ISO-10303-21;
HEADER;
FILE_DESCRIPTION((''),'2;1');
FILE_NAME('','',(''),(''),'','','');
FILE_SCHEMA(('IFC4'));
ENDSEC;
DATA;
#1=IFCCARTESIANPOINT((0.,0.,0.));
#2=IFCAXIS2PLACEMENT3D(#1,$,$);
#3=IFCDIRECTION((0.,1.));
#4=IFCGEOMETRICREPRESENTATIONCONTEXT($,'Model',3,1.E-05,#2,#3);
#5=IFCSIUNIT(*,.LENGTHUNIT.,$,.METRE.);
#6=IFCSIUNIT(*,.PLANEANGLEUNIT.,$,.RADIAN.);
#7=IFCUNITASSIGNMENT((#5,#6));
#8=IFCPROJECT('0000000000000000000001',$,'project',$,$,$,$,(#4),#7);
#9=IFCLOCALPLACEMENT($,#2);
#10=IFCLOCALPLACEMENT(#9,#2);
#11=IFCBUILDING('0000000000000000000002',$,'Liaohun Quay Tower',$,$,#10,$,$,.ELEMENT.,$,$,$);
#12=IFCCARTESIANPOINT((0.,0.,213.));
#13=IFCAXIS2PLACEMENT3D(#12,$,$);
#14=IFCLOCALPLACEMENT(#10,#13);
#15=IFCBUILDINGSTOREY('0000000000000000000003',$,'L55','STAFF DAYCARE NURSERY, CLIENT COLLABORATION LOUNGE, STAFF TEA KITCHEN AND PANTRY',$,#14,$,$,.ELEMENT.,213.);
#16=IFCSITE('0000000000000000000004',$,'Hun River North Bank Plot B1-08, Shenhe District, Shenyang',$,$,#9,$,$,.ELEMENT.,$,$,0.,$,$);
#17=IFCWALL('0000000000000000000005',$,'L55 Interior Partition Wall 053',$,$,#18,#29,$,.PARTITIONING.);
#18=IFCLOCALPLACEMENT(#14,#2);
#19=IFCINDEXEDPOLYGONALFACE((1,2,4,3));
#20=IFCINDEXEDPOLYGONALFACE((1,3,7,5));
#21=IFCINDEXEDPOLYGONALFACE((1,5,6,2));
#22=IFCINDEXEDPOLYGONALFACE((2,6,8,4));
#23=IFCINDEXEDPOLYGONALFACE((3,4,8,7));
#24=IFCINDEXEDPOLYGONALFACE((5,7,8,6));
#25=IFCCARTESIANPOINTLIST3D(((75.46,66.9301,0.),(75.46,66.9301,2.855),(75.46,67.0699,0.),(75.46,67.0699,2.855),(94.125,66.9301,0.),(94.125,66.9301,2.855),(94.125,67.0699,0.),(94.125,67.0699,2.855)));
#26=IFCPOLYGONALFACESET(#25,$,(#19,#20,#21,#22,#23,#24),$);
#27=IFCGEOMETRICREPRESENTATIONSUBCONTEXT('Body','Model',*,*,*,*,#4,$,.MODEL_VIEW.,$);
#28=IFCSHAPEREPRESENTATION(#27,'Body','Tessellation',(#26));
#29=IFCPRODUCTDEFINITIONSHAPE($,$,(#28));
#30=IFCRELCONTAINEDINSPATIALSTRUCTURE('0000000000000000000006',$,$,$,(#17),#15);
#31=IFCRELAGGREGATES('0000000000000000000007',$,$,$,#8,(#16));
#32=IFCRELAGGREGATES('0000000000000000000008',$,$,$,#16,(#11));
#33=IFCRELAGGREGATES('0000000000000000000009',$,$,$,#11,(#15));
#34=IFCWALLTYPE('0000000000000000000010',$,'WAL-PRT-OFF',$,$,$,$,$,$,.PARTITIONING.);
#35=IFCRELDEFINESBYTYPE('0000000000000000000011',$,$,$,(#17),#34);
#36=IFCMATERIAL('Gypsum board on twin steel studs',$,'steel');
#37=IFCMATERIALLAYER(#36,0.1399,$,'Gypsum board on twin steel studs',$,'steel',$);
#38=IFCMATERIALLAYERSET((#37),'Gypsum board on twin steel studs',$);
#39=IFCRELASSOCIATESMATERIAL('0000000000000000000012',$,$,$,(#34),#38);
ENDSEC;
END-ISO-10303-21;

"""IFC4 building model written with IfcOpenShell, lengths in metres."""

from ifc_helpers import new_model, si_unit, direction, frame, frame_2d, origin, place, context, subcontext, project, spatial, rectangle, extrude, material, layer, layer_set, type_object, element, save


model = new_model("IFC4")

# Units and contexts
model_context = context("Model", 3, precision=1e-05, world=origin(), true_north=direction((0.0, 1.0)))
body_context = subcontext(model_context, "Body", "Model", "MODEL_VIEW")
ifc_project = project(units=[si_unit("LENGTHUNIT", "METRE"), si_unit("PLANEANGLEUNIT", "RADIAN")], contexts=[model_context])

# Site, building, storey
site_placement = place(None, origin())
site = spatial("IfcSite", under=ifc_project, at=site_placement, Name="Hun River North Bank Plot B1-08, Shenhe District, Shenyang", CompositionType="ELEMENT", RefElevation=0.0)
building_placement = place(site_placement, origin())
building = spatial("IfcBuilding", under=site, at=building_placement, Name="Liaohun Quay Tower", CompositionType="ELEMENT")
storey_placement = place(building_placement, frame((0.0, 0.0, 213.0)))
storey = spatial("IfcBuildingStorey", under=building, at=storey_placement, Name="L55", Description="STAFF DAYCARE NURSERY, CLIENT COLLABORATION LOUNGE, STAFF TEA KITCHEN AND PANTRY", CompositionType="ELEMENT", Elevation=213.0)

# Wall
ifc_material_1 = material(Name="Gypsum board on twin steel studs", Category="steel")
ifc_layer_1 = layer(ifc_material_1, 0.1399, Name="Gypsum board on twin steel studs", Category="steel")
ifc_layer_set_1 = layer_set([ifc_layer_1], Name="Gypsum board on twin steel studs")
wall_type_1 = type_object("IfcWallType", Name="WAL-PRT-OFF", PredefinedType="PARTITIONING", material=ifc_layer_set_1)
wall_1_placement = place(storey_placement, frame((75.46, 67.0, 0.0), z_axis=(0.0, 0.0, 1.0), x_axis=(1.0, 0.0, 0.0)))
element("IfcWall", 1, at=wall_1_placement, inside=storey, type_object=wall_type_1, Name="L55 Interior Partition Wall 053", PredefinedType="PARTITIONING", context=body_context, shape_type="SweptSolid", body=[
    extrude(rectangle(XDim=18.665, YDim=0.1399, at=frame_2d((9.3325, 0.0))), origin(), (0.0, 0.0, 1.0), 2.855),
])

save(model, "model.ifc")
